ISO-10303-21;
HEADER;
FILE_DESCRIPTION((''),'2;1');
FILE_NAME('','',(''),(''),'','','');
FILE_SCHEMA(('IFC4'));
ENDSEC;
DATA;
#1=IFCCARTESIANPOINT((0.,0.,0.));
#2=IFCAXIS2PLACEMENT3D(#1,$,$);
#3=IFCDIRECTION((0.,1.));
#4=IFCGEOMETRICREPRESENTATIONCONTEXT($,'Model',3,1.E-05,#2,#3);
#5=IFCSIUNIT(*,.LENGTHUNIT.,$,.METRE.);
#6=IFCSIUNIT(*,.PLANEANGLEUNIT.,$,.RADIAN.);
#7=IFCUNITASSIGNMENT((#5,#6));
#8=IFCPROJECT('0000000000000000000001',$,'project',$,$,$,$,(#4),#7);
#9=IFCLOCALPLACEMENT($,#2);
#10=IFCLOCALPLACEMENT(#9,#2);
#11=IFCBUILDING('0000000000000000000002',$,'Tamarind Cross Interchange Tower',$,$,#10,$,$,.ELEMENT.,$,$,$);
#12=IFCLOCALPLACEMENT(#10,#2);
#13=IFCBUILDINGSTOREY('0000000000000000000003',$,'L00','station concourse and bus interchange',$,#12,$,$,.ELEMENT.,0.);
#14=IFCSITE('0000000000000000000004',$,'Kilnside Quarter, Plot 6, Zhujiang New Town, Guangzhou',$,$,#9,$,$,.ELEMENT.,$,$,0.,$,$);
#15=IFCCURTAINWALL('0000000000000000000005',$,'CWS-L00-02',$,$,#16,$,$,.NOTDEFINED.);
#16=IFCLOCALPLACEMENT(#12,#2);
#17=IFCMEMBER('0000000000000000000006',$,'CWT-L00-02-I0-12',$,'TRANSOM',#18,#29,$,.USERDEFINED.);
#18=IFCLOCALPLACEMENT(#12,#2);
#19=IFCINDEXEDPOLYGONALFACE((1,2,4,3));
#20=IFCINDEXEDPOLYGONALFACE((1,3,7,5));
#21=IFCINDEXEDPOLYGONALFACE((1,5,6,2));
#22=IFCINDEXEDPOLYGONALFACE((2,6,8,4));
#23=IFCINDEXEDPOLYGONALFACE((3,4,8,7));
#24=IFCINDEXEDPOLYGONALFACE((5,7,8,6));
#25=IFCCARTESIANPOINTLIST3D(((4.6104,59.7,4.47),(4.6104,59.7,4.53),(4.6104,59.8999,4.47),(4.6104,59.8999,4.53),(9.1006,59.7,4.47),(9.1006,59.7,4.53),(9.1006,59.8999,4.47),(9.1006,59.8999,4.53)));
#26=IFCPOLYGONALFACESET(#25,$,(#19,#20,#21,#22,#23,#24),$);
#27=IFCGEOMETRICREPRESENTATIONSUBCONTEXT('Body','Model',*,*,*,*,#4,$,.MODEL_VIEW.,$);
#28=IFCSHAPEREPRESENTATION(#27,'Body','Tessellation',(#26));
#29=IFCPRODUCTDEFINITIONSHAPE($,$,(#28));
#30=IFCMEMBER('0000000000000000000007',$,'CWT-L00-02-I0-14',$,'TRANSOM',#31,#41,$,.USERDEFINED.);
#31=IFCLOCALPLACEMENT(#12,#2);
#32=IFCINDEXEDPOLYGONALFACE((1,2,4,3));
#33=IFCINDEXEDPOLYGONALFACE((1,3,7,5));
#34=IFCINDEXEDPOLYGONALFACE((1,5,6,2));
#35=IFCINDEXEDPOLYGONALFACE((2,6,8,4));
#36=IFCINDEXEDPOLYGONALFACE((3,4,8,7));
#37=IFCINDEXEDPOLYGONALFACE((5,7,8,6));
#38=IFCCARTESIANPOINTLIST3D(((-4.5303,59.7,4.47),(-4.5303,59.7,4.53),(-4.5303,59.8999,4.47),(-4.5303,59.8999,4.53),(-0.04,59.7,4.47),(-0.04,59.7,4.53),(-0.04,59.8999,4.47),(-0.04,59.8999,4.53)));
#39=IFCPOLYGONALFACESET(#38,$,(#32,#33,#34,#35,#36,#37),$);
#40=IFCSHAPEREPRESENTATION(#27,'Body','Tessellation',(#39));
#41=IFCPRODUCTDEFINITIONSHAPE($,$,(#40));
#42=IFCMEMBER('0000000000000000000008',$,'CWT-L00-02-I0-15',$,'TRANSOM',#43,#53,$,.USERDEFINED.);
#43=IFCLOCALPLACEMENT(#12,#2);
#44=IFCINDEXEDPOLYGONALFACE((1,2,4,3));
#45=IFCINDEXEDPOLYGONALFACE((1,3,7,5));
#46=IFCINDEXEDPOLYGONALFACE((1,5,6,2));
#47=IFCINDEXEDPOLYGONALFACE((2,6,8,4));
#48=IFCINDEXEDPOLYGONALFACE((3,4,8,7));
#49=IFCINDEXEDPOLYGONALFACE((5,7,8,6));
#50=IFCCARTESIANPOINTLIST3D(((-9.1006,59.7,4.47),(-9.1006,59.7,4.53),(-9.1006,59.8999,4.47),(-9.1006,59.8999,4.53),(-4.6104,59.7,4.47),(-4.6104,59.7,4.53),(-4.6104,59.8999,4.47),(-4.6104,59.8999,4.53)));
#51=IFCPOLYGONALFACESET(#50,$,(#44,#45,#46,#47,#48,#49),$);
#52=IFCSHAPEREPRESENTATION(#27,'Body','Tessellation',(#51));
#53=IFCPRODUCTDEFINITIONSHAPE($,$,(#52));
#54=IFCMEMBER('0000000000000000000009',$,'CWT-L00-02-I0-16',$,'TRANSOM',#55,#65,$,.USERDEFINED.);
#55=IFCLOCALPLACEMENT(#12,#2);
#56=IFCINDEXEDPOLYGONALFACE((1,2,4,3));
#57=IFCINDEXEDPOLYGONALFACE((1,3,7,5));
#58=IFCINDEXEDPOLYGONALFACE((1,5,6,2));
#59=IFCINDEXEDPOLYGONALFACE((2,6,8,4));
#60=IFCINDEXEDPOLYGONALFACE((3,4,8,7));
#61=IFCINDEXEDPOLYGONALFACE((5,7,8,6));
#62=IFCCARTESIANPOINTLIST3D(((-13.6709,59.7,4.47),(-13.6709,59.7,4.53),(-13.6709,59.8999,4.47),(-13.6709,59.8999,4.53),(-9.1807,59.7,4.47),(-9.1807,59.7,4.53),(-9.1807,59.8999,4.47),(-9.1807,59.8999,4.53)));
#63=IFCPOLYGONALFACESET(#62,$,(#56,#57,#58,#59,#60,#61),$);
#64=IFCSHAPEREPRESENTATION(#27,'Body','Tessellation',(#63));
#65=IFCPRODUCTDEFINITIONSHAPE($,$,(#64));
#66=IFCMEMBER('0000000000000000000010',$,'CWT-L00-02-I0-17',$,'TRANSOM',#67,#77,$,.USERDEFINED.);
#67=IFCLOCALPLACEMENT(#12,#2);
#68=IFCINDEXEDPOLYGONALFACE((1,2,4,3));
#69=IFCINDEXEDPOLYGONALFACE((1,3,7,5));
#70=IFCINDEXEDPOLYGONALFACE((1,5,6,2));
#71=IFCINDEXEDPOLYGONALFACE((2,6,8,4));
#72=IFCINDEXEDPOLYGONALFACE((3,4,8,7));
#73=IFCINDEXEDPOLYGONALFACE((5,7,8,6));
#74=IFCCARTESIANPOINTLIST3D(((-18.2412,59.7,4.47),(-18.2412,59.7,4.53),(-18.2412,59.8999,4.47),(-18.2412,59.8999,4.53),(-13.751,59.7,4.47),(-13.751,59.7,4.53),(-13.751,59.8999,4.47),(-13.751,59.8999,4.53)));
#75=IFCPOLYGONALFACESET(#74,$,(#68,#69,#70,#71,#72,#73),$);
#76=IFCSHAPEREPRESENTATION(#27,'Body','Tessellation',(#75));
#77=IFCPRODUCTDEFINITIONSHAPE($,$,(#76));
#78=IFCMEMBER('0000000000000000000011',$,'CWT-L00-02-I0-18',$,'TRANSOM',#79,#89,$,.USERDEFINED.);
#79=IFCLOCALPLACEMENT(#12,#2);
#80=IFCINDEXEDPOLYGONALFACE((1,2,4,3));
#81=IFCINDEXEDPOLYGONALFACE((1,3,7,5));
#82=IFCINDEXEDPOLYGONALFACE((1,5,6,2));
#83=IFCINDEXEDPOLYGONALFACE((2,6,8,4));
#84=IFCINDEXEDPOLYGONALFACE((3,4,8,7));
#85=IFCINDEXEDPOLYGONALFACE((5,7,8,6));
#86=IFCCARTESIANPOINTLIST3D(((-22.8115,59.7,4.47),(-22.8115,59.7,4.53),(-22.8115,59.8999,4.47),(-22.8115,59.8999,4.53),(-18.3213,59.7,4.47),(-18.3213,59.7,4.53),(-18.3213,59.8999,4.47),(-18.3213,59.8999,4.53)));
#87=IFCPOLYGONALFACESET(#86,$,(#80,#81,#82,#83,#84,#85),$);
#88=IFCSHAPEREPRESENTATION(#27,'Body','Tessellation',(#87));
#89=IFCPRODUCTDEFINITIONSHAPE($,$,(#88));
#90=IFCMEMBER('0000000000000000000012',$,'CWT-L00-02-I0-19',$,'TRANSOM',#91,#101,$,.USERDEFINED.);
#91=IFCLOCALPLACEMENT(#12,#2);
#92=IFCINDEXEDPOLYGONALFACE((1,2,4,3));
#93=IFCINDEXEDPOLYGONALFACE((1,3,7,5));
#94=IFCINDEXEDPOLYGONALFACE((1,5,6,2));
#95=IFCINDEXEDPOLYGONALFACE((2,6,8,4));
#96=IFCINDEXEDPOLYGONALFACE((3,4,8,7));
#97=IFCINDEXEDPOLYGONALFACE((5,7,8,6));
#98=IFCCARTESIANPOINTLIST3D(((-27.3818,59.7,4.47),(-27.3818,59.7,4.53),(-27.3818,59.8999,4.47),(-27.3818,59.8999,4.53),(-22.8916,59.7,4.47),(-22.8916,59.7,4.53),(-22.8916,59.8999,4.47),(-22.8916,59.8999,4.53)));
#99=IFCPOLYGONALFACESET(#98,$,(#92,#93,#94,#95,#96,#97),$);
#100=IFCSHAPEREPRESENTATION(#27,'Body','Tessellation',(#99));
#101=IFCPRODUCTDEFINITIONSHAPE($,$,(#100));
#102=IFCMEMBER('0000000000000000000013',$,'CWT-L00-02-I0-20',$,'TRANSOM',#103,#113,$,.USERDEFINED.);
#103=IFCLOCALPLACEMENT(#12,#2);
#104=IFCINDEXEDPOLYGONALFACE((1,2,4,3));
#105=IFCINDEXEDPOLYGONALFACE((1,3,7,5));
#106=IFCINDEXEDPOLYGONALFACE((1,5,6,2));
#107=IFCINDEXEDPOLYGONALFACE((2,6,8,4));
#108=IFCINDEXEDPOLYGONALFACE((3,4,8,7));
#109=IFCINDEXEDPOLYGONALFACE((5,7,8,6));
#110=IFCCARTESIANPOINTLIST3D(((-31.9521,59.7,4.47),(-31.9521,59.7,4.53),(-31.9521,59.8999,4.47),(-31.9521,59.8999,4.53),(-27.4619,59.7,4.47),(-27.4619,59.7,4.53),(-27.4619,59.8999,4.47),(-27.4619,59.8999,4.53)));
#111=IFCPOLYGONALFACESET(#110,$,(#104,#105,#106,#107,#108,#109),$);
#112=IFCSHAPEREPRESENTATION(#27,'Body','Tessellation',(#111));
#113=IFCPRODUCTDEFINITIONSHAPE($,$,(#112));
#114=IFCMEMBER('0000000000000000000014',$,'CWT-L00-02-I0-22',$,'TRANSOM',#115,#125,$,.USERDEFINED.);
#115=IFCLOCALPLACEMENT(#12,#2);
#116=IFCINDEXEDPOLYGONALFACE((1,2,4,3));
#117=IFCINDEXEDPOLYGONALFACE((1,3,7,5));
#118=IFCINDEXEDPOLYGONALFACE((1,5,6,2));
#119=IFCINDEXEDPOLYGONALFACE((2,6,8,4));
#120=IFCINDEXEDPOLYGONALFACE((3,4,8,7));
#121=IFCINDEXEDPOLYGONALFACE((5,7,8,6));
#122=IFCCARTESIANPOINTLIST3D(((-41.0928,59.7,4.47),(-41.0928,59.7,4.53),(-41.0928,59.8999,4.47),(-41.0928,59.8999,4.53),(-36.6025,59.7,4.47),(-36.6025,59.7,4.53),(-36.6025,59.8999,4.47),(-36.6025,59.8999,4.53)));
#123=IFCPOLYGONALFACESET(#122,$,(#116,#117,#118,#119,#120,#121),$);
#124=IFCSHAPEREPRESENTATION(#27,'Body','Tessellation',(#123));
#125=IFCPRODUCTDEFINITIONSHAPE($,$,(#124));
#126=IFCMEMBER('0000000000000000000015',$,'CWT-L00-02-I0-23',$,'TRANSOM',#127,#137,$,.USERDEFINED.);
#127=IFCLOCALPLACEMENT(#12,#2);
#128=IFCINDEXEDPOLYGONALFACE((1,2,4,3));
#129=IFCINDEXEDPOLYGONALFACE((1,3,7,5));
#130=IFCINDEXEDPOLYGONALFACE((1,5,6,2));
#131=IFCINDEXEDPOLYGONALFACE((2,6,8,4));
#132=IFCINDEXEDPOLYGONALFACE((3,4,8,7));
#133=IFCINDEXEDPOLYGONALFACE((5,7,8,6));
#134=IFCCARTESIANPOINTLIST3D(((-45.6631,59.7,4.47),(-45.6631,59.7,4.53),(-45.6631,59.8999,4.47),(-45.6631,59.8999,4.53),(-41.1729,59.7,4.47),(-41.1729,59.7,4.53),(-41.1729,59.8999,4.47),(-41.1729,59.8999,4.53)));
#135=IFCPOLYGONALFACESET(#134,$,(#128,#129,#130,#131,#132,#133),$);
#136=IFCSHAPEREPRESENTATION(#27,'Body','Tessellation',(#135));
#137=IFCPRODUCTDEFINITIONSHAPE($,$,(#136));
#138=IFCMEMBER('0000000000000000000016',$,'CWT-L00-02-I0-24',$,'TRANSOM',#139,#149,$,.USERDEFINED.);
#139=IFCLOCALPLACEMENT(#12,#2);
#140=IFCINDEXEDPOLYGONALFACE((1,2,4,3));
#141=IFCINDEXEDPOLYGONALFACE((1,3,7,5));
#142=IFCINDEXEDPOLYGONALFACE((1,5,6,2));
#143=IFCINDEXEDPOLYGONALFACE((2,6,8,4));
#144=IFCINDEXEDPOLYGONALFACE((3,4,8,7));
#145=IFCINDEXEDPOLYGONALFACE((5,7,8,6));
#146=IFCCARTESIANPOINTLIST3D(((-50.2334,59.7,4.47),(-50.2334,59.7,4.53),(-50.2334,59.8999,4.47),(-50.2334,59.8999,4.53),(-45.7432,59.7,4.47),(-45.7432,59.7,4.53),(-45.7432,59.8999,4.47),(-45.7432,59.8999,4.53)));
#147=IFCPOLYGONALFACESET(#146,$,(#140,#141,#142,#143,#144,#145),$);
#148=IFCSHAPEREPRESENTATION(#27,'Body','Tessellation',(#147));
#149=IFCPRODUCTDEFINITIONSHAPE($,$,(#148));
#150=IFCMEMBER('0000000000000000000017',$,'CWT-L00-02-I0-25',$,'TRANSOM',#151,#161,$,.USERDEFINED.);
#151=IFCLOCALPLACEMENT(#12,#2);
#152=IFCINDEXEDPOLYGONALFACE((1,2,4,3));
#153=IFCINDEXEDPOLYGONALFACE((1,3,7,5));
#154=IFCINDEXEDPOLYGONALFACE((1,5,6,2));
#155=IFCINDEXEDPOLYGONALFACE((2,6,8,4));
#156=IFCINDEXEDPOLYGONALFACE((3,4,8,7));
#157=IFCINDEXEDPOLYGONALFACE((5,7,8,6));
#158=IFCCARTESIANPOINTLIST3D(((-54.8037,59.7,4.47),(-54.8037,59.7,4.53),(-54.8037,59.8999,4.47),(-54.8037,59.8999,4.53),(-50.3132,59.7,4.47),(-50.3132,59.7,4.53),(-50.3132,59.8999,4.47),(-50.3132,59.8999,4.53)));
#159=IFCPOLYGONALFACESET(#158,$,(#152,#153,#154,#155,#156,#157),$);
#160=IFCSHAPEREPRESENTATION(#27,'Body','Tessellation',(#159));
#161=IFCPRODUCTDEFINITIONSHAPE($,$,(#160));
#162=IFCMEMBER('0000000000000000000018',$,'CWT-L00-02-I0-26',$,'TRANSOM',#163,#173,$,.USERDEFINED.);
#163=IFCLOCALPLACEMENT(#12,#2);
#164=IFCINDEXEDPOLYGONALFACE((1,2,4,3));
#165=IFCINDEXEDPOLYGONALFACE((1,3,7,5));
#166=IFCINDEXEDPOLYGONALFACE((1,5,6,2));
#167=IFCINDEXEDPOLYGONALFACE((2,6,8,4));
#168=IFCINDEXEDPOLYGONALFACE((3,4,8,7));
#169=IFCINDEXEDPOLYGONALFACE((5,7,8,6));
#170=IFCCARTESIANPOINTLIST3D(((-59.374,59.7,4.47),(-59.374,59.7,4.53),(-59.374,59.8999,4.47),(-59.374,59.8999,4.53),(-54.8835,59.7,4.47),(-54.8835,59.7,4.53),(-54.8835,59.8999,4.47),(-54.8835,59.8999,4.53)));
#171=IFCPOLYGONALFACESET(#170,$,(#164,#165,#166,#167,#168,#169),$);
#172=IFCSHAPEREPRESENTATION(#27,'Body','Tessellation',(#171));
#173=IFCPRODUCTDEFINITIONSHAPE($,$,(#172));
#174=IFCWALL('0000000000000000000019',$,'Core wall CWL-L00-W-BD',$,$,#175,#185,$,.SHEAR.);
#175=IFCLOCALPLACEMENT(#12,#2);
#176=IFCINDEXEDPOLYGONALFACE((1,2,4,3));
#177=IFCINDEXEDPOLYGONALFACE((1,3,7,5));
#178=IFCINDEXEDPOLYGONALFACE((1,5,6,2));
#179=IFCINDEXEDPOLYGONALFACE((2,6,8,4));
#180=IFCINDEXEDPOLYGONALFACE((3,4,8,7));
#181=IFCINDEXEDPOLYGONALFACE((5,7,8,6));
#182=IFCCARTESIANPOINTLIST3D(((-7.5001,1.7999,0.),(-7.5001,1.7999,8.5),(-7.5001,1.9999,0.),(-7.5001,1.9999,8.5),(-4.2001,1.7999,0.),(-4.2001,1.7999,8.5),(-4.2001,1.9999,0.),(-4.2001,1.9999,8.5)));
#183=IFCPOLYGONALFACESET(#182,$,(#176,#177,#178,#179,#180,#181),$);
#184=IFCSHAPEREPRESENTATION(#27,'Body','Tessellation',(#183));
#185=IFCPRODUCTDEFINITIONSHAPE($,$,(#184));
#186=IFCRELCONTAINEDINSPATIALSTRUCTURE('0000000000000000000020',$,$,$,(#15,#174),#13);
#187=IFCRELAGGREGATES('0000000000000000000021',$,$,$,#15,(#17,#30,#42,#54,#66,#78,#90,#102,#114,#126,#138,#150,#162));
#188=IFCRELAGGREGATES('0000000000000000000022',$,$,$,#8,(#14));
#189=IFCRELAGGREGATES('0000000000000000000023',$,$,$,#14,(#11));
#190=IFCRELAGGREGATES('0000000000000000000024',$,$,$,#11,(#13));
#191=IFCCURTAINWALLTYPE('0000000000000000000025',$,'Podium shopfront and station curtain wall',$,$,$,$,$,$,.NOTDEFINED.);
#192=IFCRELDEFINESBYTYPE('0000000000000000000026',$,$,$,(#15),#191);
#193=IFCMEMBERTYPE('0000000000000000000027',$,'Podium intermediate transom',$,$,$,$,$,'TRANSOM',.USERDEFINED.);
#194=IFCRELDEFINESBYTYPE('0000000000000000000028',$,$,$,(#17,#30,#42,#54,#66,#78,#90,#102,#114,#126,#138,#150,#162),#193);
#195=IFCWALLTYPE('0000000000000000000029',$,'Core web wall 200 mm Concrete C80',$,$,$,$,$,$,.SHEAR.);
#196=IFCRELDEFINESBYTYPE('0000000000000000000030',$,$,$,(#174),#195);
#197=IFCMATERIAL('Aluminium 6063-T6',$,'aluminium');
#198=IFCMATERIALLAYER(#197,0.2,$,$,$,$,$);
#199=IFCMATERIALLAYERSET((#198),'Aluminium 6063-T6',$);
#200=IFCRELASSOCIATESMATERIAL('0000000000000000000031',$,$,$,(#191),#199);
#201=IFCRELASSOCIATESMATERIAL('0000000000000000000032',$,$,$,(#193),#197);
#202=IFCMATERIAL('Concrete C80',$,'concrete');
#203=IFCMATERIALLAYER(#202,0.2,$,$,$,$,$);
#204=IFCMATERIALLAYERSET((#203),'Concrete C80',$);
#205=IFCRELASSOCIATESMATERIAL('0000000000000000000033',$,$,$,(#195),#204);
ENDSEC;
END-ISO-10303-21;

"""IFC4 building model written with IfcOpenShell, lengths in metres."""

from ifc_helpers import new_model, si_unit, direction, frame, frame_2d, origin, place, context, subcontext, project, spatial, polyline, rectangle, outline, extrude, material, layer, layer_set, type_object, element, aggregate, save


model = new_model("IFC4")

# Units and contexts
model_context = context("Model", 3, precision=1e-05, world=origin(), true_north=direction((0.0, 1.0)))
body_context = subcontext(model_context, "Body", "Model", "MODEL_VIEW")
ifc_project = project(units=[si_unit("LENGTHUNIT", "METRE"), si_unit("PLANEANGLEUNIT", "RADIAN")], contexts=[model_context])

# Site, building, storey
site_placement = place(None, origin())
site = spatial("IfcSite", under=ifc_project, at=site_placement, Name="Kilnside Quarter, Plot 6, Zhujiang New Town, Guangzhou", CompositionType="ELEMENT", RefElevation=0.0)
building_placement = place(site_placement, origin())
building = spatial("IfcBuilding", under=site, at=building_placement, Name="Tamarind Cross Interchange Tower", CompositionType="ELEMENT")
storey_placement = place(building_placement, origin())
storey = spatial("IfcBuildingStorey", under=building, at=storey_placement, Name="L00", Description="station concourse and bus interchange", CompositionType="ELEMENT", Elevation=0.0)

# Curtain wall, members
ifc_material_1 = material(Name="Aluminium 6063-T6", Category="aluminium")
ifc_layer_1 = layer(ifc_material_1, 0.2)
ifc_layer_set_1 = layer_set([ifc_layer_1], Name="Aluminium 6063-T6")
curtain_wall_type = type_object("IfcCurtainWallType", Name="Podium shopfront and station curtain wall", PredefinedType="NOTDEFINED", material=ifc_layer_set_1)
curtain_wall_placement = place(storey_placement, origin())
curtain_wall = element("IfcCurtainWall", 1, at=curtain_wall_placement, inside=storey, type_object=curtain_wall_type, Name="CWS-L00-02", PredefinedType="NOTDEFINED")
member_type = type_object("IfcMemberType", Name="Podium intermediate transom", ElementType="TRANSOM", PredefinedType="USERDEFINED", material=ifc_material_1)
member_1_placement = place(storey_placement, frame((0.0, 0.0, 4.47)))
member_1 = element("IfcMember", 2, at=member_1_placement, type_object=member_type, Name="CWT-L00-02-I0-12", ObjectType="TRANSOM", PredefinedType="USERDEFINED", context=body_context, shape_type="SweptSolid", body=[
    extrude(outline(polyline([(9.1006, 59.7), (4.6104, 59.7), (4.6104, 59.8999), (9.1006, 59.8999), (9.1006, 59.7)])), origin(), (0.0, 0.0, 1.0), 0.0601),
])
member_2_placement = place(storey_placement, frame((0.0, 0.0, 4.47)))
member_2 = element("IfcMember", 3, at=member_2_placement, type_object=member_type, Name="CWT-L00-02-I0-14", ObjectType="TRANSOM", PredefinedType="USERDEFINED", context=body_context, shape_type="SweptSolid", body=[
    extrude(outline(polyline([(-0.04, 59.7), (-4.5303, 59.7), (-4.5303, 59.8999), (-0.04, 59.8999), (-0.04, 59.7)])), origin(), (0.0, 0.0, 1.0), 0.0601),
])
member_3_placement = place(storey_placement, frame((0.0, 0.0, 4.47)))
member_3 = element("IfcMember", 4, at=member_3_placement, type_object=member_type, Name="CWT-L00-02-I0-15", ObjectType="TRANSOM", PredefinedType="USERDEFINED", context=body_context, shape_type="SweptSolid", body=[
    extrude(outline(polyline([(-4.6104, 59.7), (-9.1006, 59.7), (-9.1006, 59.8999), (-4.6104, 59.8999), (-4.6104, 59.7)])), origin(), (0.0, 0.0, 1.0), 0.0601),
])
member_4_placement = place(storey_placement, frame((0.0, 0.0, 4.47)))
member_4 = element("IfcMember", 5, at=member_4_placement, type_object=member_type, Name="CWT-L00-02-I0-16", ObjectType="TRANSOM", PredefinedType="USERDEFINED", context=body_context, shape_type="SweptSolid", body=[
    extrude(outline(polyline([(-9.1807, 59.7), (-13.6709, 59.7), (-13.6709, 59.8999), (-9.1807, 59.8999), (-9.1807, 59.7)])), origin(), (0.0, 0.0, 1.0), 0.0601),
])
member_5_placement = place(storey_placement, frame((0.0, 0.0, 4.47)))
member_5 = element("IfcMember", 6, at=member_5_placement, type_object=member_type, Name="CWT-L00-02-I0-17", ObjectType="TRANSOM", PredefinedType="USERDEFINED", context=body_context, shape_type="SweptSolid", body=[
    extrude(outline(polyline([(-13.751, 59.7), (-18.2412, 59.7), (-18.2412, 59.8999), (-13.751, 59.8999), (-13.751, 59.7)])), origin(), (0.0, 0.0, 1.0), 0.0601),
])
member_6_placement = place(storey_placement, frame((0.0, 0.0, 4.47)))
member_6 = element("IfcMember", 7, at=member_6_placement, type_object=member_type, Name="CWT-L00-02-I0-18", ObjectType="TRANSOM", PredefinedType="USERDEFINED", context=body_context, shape_type="SweptSolid", body=[
    extrude(outline(polyline([(-18.3213, 59.7), (-22.8115, 59.7), (-22.8115, 59.8999), (-18.3213, 59.8999), (-18.3213, 59.7)])), origin(), (0.0, 0.0, 1.0), 0.0601),
])
member_7_placement = place(storey_placement, frame((0.0, 0.0, 4.47)))
member_7 = element("IfcMember", 8, at=member_7_placement, type_object=member_type, Name="CWT-L00-02-I0-19", ObjectType="TRANSOM", PredefinedType="USERDEFINED", context=body_context, shape_type="SweptSolid", body=[
    extrude(outline(polyline([(-22.8916, 59.7), (-27.3818, 59.7), (-27.3818, 59.8999), (-22.8916, 59.8999), (-22.8916, 59.7)])), origin(), (0.0, 0.0, 1.0), 0.0601),
])
member_8_placement = place(storey_placement, frame((0.0, 0.0, 4.47)))
member_8 = element("IfcMember", 9, at=member_8_placement, type_object=member_type, Name="CWT-L00-02-I0-20", ObjectType="TRANSOM", PredefinedType="USERDEFINED", context=body_context, shape_type="SweptSolid", body=[
    extrude(outline(polyline([(-27.4619, 59.7), (-31.9521, 59.7), (-31.9521, 59.8999), (-27.4619, 59.8999), (-27.4619, 59.7)])), origin(), (0.0, 0.0, 1.0), 0.0601),
])
member_9_placement = place(storey_placement, frame((0.0, 0.0, 4.47)))
member_9 = element("IfcMember", 10, at=member_9_placement, type_object=member_type, Name="CWT-L00-02-I0-22", ObjectType="TRANSOM", PredefinedType="USERDEFINED", context=body_context, shape_type="SweptSolid", body=[
    extrude(outline(polyline([(-36.6025, 59.7), (-41.0928, 59.7), (-41.0928, 59.8999), (-36.6025, 59.8999), (-36.6025, 59.7)])), origin(), (0.0, 0.0, 1.0), 0.0601),
])
member_10_placement = place(storey_placement, frame((0.0, 0.0, 4.47)))
member_10 = element("IfcMember", 11, at=member_10_placement, type_object=member_type, Name="CWT-L00-02-I0-23", ObjectType="TRANSOM", PredefinedType="USERDEFINED", context=body_context, shape_type="SweptSolid", body=[
    extrude(outline(polyline([(-41.1729, 59.7), (-45.6631, 59.7), (-45.6631, 59.8999), (-41.1729, 59.8999), (-41.1729, 59.7)])), origin(), (0.0, 0.0, 1.0), 0.0601),
])
member_11_placement = place(storey_placement, frame((0.0, 0.0, 4.47)))
member_11 = element("IfcMember", 12, at=member_11_placement, type_object=member_type, Name="CWT-L00-02-I0-24", ObjectType="TRANSOM", PredefinedType="USERDEFINED", context=body_context, shape_type="SweptSolid", body=[
    extrude(outline(polyline([(-45.7432, 59.7), (-50.2334, 59.7), (-50.2334, 59.8999), (-45.7432, 59.8999), (-45.7432, 59.7)])), origin(), (0.0, 0.0, 1.0), 0.0601),
])
member_12_placement = place(storey_placement, frame((0.0, 0.0, 4.47)))
member_12 = element("IfcMember", 13, at=member_12_placement, type_object=member_type, Name="CWT-L00-02-I0-25", ObjectType="TRANSOM", PredefinedType="USERDEFINED", context=body_context, shape_type="SweptSolid", body=[
    extrude(outline(polyline([(-50.3132, 59.7), (-54.8037, 59.7), (-54.8037, 59.8999), (-50.3132, 59.8999), (-50.3132, 59.7)])), origin(), (0.0, 0.0, 1.0), 0.0601),
])
member_13_placement = place(storey_placement, frame((0.0, 0.0, 4.47)))
member_13 = element("IfcMember", 14, at=member_13_placement, type_object=member_type, Name="CWT-L00-02-I0-26", ObjectType="TRANSOM", PredefinedType="USERDEFINED", context=body_context, shape_type="SweptSolid", body=[
    extrude(outline(polyline([(-54.8835, 59.7), (-59.374, 59.7), (-59.374, 59.8999), (-54.8835, 59.8999), (-54.8835, 59.7)])), origin(), (0.0, 0.0, 1.0), 0.0601),
])
aggregate(curtain_wall, [member_1, member_2, member_3, member_4, member_5, member_6, member_7, member_8, member_9, member_10, member_11, member_12, member_13])

# Wall
ifc_material_2 = material(Name="Concrete C80", Category="concrete")
ifc_layer_2 = layer(ifc_material_2, 0.2)
ifc_layer_set_2 = layer_set([ifc_layer_2], Name="Concrete C80")
wall_type_1 = type_object("IfcWallType", Name="Core web wall 200 mm Concrete C80", PredefinedType="SHEAR", material=ifc_layer_set_2)
wall_1_placement = place(storey_placement, frame((-7.5, 1.8999, 0.0), z_axis=(0.0, 0.0, 1.0), x_axis=(1.0, 0.0, 0.0)))
element("IfcWall", 15, at=wall_1_placement, inside=storey, type_object=wall_type_1, Name="Core wall CWL-L00-W-BD", PredefinedType="SHEAR", context=body_context, shape_type="SweptSolid", body=[
    extrude(rectangle(XDim=3.3, YDim=0.2, at=frame_2d((1.6499, 0.0))), origin(), (0.0, 0.0, 1.0), 8.5),
])

save(model, "model.ifc")
